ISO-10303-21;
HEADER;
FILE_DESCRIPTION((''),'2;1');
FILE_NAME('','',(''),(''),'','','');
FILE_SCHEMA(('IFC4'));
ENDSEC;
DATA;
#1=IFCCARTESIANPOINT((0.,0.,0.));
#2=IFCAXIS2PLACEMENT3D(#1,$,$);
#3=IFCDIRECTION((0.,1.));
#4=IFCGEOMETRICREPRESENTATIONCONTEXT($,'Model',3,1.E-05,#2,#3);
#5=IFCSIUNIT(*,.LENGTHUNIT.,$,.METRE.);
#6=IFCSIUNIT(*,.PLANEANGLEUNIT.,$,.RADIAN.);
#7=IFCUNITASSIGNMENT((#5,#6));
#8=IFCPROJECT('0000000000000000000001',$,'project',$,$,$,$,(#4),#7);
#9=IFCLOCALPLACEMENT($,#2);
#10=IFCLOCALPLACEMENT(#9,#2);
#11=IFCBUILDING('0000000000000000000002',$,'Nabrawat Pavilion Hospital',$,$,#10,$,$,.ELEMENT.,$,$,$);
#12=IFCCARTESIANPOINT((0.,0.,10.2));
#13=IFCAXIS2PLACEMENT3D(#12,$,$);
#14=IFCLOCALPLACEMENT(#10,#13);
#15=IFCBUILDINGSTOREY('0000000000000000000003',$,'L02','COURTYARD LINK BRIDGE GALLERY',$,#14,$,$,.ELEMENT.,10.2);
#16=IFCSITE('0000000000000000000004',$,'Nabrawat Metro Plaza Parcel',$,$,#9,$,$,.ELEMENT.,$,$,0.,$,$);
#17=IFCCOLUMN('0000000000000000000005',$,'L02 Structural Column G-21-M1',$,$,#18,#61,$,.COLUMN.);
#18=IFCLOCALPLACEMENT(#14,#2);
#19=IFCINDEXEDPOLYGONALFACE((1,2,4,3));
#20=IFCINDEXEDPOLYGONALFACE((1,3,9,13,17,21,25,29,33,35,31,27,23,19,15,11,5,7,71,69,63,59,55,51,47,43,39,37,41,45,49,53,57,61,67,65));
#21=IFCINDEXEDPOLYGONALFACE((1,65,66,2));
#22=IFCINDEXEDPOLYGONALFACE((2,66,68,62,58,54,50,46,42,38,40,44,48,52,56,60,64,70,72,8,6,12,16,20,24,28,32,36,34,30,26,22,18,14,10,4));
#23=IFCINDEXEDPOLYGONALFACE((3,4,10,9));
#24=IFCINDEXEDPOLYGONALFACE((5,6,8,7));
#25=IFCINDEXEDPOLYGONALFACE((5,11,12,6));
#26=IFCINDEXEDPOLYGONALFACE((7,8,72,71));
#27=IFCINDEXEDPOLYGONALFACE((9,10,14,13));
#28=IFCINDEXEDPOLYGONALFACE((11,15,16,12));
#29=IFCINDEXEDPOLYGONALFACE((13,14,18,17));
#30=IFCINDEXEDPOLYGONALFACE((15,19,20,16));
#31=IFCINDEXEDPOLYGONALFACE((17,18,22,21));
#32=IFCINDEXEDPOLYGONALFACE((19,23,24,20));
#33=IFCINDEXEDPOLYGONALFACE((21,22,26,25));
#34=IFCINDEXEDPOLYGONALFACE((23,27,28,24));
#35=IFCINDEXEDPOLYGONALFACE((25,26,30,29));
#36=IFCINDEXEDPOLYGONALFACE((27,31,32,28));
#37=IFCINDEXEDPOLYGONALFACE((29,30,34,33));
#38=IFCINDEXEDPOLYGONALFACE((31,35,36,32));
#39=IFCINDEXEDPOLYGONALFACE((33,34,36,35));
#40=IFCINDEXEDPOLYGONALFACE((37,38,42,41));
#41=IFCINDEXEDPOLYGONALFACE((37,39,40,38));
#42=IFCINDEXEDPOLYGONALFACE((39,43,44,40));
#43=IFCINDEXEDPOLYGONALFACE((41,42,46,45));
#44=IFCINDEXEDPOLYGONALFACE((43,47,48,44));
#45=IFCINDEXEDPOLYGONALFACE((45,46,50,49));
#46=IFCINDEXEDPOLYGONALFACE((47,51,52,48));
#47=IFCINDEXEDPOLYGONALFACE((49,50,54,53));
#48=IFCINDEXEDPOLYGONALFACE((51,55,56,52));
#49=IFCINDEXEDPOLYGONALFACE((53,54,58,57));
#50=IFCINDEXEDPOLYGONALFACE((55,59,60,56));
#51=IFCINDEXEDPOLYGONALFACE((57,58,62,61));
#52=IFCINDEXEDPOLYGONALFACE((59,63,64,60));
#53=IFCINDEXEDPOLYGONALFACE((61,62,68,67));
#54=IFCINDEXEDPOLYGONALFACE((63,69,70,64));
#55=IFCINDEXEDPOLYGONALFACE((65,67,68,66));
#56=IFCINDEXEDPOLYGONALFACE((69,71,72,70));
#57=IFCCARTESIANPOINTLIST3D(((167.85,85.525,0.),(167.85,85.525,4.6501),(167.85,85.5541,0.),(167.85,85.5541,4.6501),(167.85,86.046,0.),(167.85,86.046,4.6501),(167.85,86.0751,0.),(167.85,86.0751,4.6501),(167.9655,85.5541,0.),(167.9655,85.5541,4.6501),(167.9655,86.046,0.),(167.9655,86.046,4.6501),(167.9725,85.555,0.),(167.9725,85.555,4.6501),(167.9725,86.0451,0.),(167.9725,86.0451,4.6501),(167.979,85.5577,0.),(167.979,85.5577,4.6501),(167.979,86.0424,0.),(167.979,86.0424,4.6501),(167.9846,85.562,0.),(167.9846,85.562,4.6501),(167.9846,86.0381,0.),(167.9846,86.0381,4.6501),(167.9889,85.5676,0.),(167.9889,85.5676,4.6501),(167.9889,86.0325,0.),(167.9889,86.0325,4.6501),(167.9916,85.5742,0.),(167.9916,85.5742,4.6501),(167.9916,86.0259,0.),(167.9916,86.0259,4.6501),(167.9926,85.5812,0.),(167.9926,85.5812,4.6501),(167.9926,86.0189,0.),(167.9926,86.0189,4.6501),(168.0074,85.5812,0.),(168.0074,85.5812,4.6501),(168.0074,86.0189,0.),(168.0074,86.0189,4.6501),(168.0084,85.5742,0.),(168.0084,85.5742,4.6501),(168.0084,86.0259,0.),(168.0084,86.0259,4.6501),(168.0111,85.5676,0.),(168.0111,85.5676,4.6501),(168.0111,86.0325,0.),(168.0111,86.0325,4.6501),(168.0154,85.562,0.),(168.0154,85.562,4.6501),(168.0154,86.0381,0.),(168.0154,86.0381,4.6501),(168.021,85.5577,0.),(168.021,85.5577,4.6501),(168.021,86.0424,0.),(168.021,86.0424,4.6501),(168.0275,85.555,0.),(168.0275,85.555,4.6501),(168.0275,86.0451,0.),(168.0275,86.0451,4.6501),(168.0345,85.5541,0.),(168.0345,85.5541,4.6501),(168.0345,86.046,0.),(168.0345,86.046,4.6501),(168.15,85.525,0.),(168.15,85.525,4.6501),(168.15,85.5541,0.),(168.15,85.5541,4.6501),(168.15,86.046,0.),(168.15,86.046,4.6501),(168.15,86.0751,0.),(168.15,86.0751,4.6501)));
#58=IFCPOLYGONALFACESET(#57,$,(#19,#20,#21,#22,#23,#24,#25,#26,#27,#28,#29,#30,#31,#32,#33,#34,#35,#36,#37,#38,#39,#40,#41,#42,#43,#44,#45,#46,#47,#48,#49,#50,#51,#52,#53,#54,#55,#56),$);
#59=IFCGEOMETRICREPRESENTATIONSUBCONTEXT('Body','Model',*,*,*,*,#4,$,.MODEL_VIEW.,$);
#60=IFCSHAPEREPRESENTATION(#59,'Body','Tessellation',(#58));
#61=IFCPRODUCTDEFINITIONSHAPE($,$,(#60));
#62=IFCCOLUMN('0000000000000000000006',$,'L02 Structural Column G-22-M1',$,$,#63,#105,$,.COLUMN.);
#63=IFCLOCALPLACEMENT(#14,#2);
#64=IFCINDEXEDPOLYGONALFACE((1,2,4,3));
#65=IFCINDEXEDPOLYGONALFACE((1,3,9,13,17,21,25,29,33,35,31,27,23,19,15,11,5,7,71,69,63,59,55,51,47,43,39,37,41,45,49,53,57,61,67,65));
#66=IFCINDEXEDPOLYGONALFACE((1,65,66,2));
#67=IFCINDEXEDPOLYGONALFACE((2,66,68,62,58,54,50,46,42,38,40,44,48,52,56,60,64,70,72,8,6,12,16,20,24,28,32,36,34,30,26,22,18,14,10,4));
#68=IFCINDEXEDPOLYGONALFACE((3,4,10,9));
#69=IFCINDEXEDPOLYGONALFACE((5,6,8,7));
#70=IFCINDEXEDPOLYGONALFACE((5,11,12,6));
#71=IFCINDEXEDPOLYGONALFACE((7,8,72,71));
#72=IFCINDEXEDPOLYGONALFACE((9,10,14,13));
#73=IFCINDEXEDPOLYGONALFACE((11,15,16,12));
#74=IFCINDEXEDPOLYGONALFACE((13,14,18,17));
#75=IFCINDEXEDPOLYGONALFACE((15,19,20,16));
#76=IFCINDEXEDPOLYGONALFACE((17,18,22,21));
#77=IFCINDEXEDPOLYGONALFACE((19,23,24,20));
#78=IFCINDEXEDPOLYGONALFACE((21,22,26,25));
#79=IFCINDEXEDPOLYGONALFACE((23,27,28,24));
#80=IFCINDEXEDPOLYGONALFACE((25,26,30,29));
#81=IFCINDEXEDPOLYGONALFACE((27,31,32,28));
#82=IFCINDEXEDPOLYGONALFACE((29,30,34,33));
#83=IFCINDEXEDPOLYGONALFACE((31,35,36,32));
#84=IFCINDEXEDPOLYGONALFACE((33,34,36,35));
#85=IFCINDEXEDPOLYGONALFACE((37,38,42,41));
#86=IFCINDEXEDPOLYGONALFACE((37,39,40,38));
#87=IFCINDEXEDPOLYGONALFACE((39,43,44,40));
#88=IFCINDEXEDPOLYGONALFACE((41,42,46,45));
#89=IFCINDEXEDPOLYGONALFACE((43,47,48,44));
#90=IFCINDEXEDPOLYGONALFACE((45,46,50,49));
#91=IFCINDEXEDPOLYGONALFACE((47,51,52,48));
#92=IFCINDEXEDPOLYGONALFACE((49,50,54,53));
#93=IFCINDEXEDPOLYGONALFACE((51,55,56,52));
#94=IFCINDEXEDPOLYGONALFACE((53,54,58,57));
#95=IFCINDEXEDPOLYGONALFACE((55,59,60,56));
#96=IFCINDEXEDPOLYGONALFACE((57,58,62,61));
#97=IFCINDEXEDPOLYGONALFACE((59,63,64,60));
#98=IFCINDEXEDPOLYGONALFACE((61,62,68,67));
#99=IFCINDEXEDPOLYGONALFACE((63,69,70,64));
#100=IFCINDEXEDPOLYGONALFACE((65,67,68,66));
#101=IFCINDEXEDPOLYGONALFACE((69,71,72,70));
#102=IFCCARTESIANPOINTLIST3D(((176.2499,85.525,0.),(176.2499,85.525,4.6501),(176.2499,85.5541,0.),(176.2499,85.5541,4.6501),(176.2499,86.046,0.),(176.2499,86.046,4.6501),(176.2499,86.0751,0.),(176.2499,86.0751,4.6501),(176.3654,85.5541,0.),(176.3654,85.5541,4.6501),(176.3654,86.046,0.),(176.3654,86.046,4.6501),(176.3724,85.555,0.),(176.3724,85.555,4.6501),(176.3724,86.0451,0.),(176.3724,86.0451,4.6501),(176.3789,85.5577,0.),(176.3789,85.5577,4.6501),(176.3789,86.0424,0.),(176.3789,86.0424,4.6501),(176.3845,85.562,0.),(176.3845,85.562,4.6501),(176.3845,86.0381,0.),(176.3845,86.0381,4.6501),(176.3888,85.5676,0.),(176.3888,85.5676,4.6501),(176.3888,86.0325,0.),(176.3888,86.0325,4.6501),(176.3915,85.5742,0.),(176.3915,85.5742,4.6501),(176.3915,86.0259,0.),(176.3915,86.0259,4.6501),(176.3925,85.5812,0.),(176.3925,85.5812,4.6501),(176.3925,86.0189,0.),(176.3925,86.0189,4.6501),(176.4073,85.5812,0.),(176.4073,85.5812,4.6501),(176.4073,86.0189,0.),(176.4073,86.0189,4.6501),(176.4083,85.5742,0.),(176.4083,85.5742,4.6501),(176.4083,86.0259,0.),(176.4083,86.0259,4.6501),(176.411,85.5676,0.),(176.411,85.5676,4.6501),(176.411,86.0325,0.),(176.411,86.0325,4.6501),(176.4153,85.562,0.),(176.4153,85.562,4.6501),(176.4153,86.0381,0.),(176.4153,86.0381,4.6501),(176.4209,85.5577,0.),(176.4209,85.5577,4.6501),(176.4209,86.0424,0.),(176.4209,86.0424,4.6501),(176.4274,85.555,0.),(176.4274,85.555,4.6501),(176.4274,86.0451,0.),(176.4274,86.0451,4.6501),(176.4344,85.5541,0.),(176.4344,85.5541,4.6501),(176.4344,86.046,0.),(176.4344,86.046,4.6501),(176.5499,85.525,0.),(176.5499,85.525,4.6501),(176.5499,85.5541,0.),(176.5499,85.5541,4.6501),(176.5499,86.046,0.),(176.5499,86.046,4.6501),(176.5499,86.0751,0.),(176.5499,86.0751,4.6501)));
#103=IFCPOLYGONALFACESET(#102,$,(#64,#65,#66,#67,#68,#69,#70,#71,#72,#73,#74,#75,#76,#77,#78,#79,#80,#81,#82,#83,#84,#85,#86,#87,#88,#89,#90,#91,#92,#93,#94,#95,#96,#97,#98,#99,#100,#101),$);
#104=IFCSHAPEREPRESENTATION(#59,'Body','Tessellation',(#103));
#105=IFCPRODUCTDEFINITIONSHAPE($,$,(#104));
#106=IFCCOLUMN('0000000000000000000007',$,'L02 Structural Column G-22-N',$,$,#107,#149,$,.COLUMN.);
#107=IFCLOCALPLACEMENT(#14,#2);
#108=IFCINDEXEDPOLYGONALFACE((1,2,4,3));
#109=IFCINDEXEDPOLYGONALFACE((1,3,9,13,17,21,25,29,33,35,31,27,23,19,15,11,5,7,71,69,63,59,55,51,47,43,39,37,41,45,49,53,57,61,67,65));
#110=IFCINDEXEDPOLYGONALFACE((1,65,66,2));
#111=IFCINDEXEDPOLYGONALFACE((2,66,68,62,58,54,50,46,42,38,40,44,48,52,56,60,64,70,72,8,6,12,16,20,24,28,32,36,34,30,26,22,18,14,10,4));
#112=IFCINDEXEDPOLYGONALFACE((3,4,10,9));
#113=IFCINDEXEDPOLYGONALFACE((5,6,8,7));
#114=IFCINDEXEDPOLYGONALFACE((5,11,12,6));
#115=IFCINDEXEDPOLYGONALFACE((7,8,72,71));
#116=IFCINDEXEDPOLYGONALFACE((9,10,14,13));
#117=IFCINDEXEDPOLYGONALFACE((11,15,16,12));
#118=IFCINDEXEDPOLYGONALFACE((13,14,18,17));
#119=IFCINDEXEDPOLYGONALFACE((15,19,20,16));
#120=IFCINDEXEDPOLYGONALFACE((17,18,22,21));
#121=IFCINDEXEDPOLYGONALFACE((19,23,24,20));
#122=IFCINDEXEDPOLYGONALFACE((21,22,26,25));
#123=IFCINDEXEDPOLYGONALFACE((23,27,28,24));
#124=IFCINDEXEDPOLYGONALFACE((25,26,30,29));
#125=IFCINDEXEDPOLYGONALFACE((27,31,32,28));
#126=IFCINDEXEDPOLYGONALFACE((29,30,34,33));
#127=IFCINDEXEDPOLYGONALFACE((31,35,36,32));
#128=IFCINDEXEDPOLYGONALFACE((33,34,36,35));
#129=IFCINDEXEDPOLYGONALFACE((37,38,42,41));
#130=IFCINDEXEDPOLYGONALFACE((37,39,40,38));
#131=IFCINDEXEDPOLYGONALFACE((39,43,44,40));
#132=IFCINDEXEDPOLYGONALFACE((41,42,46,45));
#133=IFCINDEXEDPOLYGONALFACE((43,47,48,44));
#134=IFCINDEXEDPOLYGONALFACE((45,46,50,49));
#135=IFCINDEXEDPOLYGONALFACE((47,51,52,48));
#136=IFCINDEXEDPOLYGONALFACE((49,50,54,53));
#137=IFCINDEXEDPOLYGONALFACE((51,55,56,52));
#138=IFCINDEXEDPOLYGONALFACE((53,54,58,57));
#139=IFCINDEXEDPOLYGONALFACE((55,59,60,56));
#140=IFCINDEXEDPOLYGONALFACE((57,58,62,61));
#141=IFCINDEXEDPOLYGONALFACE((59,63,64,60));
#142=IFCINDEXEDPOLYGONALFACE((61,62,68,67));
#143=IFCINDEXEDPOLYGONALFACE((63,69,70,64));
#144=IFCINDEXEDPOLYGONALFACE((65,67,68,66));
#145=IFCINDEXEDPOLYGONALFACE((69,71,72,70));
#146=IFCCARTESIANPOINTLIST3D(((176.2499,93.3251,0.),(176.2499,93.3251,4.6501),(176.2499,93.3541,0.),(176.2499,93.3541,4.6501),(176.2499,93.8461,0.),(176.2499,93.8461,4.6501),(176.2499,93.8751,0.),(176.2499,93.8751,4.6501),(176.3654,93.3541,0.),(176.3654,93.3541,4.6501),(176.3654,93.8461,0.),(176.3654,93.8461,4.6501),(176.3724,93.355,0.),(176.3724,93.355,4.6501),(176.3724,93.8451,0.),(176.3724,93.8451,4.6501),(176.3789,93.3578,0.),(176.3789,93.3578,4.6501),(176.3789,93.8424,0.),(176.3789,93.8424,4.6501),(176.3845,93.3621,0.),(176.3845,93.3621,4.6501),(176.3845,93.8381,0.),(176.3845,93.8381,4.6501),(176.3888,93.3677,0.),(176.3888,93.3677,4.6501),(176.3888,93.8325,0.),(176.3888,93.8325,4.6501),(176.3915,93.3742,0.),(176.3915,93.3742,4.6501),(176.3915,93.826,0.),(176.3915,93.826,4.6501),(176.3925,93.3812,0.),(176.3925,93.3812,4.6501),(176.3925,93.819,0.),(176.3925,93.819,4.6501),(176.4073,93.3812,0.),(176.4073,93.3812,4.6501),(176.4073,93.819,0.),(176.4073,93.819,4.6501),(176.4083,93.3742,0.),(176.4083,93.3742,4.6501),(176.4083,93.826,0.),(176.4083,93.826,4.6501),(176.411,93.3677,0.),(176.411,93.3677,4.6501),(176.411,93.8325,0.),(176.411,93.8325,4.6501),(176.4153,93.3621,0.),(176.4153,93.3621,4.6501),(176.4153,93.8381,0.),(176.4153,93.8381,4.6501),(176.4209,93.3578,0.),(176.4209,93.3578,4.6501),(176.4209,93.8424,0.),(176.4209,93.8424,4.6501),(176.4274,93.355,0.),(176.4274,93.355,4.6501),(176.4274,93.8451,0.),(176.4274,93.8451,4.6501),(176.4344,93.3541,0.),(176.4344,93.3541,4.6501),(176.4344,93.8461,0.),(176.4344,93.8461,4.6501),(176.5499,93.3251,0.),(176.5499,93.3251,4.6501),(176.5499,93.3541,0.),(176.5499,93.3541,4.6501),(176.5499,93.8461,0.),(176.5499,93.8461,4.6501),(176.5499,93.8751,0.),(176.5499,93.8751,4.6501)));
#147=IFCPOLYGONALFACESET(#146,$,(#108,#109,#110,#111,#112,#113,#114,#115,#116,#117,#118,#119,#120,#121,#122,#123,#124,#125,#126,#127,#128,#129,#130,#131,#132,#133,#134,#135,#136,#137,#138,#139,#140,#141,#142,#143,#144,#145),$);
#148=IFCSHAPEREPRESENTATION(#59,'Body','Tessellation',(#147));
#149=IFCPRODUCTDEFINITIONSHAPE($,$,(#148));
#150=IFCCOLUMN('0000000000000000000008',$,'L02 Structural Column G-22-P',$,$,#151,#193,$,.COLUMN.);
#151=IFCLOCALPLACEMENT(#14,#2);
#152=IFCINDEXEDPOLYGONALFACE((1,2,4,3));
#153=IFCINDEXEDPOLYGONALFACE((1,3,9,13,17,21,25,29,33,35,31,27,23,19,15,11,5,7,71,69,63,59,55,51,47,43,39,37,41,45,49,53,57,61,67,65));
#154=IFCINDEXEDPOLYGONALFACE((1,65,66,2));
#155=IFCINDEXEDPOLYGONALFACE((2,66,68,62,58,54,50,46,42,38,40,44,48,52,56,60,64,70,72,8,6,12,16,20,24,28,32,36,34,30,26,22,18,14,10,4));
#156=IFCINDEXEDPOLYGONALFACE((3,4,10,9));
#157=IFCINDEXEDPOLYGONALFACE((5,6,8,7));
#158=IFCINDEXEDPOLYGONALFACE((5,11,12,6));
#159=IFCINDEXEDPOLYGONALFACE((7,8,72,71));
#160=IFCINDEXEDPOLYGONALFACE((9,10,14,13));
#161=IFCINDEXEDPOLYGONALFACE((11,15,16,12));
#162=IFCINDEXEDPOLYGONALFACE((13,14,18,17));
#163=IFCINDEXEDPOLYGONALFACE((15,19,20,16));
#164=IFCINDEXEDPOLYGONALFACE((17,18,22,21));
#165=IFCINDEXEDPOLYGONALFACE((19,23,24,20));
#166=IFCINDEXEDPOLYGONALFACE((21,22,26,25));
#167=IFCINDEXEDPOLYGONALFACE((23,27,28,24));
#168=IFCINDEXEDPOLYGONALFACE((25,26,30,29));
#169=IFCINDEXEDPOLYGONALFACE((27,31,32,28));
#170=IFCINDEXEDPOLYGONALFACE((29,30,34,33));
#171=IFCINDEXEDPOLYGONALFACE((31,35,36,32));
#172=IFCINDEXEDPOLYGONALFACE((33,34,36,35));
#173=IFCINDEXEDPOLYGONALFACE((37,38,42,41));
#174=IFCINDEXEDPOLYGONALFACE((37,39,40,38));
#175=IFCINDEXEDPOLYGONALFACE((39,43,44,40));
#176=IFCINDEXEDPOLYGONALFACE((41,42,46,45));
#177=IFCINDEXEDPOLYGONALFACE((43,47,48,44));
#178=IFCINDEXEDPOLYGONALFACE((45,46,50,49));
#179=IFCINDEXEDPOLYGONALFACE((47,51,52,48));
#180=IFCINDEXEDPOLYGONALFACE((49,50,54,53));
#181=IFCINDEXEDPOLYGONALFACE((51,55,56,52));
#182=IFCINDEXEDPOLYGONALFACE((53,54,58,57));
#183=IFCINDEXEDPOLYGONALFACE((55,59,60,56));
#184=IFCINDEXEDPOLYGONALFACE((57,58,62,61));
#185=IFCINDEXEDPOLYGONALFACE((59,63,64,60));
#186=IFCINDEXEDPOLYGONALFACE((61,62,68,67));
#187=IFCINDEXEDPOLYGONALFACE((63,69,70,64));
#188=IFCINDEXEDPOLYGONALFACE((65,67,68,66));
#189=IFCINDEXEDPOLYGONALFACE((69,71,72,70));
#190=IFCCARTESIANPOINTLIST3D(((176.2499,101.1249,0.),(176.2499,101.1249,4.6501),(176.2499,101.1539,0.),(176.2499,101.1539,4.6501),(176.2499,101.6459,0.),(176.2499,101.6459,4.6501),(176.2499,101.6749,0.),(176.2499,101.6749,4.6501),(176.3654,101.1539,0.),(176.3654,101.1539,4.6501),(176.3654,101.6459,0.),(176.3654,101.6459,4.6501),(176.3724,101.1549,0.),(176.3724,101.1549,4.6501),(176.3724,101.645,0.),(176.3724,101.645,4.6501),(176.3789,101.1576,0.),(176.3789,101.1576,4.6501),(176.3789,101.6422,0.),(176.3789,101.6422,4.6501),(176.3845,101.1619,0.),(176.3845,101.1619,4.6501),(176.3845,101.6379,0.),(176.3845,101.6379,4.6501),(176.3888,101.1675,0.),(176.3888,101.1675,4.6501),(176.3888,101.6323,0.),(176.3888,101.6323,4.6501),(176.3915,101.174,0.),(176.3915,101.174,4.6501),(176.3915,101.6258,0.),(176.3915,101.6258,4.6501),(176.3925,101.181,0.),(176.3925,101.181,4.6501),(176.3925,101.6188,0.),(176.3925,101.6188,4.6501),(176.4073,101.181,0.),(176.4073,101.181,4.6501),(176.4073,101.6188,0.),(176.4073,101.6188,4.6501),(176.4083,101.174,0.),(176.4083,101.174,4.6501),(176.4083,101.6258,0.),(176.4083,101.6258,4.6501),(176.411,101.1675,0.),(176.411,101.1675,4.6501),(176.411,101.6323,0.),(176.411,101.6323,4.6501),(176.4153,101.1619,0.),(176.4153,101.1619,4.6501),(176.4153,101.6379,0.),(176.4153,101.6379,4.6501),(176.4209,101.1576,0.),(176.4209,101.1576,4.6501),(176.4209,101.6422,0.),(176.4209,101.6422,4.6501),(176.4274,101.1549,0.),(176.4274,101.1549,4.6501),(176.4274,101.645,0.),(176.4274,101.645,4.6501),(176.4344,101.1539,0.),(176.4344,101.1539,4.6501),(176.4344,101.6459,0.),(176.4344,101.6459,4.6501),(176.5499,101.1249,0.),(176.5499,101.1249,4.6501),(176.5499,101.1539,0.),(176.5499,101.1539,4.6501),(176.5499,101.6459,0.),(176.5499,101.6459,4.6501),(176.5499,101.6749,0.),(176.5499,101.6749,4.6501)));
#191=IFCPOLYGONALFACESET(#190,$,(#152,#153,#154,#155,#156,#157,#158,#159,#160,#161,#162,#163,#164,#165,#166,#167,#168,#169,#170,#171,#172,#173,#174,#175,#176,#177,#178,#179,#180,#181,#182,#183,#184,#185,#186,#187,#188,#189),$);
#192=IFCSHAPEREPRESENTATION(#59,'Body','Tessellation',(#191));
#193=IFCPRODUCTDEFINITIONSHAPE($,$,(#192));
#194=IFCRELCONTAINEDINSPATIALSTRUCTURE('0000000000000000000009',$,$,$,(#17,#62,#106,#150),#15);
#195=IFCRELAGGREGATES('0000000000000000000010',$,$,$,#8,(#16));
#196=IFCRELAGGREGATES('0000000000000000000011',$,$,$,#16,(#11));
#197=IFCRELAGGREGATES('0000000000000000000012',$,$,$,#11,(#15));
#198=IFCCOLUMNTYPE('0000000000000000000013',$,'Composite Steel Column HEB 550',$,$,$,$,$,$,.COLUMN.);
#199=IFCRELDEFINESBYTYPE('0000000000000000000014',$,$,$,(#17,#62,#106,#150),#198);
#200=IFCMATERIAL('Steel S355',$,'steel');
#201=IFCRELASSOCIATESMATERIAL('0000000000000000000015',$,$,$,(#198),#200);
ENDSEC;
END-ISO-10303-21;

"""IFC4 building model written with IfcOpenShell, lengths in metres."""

from ifc_helpers import new_model, si_unit, direction, frame, origin, origin_2d, place, context, subcontext, project, spatial, i_section, extrude, material, material_profile, profile_set, type_object, element, save


model = new_model("IFC4")

# Units and contexts
model_context = context("Model", 3, precision=1e-05, world=origin(), true_north=direction((0.0, 1.0)))
body_context = subcontext(model_context, "Body", "Model", "MODEL_VIEW")
ifc_project = project(units=[si_unit("LENGTHUNIT", "METRE"), si_unit("PLANEANGLEUNIT", "RADIAN")], contexts=[model_context])

# Site, building, storey
site_placement = place(None, origin())
site = spatial("IfcSite", under=ifc_project, at=site_placement, Name="Nabrawat Metro Plaza Parcel", CompositionType="ELEMENT", RefElevation=0.0)
building_placement = place(site_placement, origin())
building = spatial("IfcBuilding", under=site, at=building_placement, Name="Nabrawat Pavilion Hospital", CompositionType="ELEMENT")
storey_placement = place(building_placement, frame((0.0, 0.0, 10.2)))
storey = spatial("IfcBuildingStorey", under=building, at=storey_placement, Name="L02", Description="COURTYARD LINK BRIDGE GALLERY", CompositionType="ELEMENT", Elevation=10.2)

# Columns
ifc_material_1 = material(Name="Steel S355", Category="steel")
ifc_material_profile_1 = material_profile(ifc_material_1, i_section(OverallWidth=0.3, OverallDepth=0.55, WebThickness=0.0149, FlangeThickness=0.0291, FilletRadius=0.0271, at=origin_2d()), Name="HEB 550")
ifc_profile_set_1 = profile_set([ifc_material_profile_1], Name="Steel S355")
column_type = type_object("IfcColumnType", Name="Composite Steel Column HEB 550", PredefinedType="COLUMN", material=ifc_profile_set_1)
for number, where, z_axis, x_axis, name in (
    (1, (168.0, 85.8, 0.0), (0.0, 0.0, 1.0), (1.0, 0.0, 0.0), "L02 Structural Column G-21-M1"),
    (2, (176.3999, 85.8, 0.0), (0.0, 0.0, 1.0), (1.0, 0.0, 0.0), "L02 Structural Column G-22-M1"),
    (3, (176.3999, 93.6001, 0.0), (0.0, 0.0, 1.0), (1.0, 0.0, 0.0), "L02 Structural Column G-22-N"),
    (4, (176.3999, 101.3999, 0.0), (0.0, 0.0, 1.0), (1.0, 0.0, 0.0), "L02 Structural Column G-22-P"),
):
    element("IfcColumn", number, at=place(storey_placement, frame(where, z_axis=z_axis, x_axis=x_axis)), inside=storey, type_object=column_type, Name=name, PredefinedType="COLUMN", context=body_context, shape_type="SweptSolid", body=[
        extrude(i_section(OverallWidth=0.3, OverallDepth=0.55, WebThickness=0.0149, FlangeThickness=0.0291, FilletRadius=0.0271, at=origin_2d()), origin(), (0.0, 0.0, 1.0), 4.6501),
    ])

save(model, "model.ifc")
